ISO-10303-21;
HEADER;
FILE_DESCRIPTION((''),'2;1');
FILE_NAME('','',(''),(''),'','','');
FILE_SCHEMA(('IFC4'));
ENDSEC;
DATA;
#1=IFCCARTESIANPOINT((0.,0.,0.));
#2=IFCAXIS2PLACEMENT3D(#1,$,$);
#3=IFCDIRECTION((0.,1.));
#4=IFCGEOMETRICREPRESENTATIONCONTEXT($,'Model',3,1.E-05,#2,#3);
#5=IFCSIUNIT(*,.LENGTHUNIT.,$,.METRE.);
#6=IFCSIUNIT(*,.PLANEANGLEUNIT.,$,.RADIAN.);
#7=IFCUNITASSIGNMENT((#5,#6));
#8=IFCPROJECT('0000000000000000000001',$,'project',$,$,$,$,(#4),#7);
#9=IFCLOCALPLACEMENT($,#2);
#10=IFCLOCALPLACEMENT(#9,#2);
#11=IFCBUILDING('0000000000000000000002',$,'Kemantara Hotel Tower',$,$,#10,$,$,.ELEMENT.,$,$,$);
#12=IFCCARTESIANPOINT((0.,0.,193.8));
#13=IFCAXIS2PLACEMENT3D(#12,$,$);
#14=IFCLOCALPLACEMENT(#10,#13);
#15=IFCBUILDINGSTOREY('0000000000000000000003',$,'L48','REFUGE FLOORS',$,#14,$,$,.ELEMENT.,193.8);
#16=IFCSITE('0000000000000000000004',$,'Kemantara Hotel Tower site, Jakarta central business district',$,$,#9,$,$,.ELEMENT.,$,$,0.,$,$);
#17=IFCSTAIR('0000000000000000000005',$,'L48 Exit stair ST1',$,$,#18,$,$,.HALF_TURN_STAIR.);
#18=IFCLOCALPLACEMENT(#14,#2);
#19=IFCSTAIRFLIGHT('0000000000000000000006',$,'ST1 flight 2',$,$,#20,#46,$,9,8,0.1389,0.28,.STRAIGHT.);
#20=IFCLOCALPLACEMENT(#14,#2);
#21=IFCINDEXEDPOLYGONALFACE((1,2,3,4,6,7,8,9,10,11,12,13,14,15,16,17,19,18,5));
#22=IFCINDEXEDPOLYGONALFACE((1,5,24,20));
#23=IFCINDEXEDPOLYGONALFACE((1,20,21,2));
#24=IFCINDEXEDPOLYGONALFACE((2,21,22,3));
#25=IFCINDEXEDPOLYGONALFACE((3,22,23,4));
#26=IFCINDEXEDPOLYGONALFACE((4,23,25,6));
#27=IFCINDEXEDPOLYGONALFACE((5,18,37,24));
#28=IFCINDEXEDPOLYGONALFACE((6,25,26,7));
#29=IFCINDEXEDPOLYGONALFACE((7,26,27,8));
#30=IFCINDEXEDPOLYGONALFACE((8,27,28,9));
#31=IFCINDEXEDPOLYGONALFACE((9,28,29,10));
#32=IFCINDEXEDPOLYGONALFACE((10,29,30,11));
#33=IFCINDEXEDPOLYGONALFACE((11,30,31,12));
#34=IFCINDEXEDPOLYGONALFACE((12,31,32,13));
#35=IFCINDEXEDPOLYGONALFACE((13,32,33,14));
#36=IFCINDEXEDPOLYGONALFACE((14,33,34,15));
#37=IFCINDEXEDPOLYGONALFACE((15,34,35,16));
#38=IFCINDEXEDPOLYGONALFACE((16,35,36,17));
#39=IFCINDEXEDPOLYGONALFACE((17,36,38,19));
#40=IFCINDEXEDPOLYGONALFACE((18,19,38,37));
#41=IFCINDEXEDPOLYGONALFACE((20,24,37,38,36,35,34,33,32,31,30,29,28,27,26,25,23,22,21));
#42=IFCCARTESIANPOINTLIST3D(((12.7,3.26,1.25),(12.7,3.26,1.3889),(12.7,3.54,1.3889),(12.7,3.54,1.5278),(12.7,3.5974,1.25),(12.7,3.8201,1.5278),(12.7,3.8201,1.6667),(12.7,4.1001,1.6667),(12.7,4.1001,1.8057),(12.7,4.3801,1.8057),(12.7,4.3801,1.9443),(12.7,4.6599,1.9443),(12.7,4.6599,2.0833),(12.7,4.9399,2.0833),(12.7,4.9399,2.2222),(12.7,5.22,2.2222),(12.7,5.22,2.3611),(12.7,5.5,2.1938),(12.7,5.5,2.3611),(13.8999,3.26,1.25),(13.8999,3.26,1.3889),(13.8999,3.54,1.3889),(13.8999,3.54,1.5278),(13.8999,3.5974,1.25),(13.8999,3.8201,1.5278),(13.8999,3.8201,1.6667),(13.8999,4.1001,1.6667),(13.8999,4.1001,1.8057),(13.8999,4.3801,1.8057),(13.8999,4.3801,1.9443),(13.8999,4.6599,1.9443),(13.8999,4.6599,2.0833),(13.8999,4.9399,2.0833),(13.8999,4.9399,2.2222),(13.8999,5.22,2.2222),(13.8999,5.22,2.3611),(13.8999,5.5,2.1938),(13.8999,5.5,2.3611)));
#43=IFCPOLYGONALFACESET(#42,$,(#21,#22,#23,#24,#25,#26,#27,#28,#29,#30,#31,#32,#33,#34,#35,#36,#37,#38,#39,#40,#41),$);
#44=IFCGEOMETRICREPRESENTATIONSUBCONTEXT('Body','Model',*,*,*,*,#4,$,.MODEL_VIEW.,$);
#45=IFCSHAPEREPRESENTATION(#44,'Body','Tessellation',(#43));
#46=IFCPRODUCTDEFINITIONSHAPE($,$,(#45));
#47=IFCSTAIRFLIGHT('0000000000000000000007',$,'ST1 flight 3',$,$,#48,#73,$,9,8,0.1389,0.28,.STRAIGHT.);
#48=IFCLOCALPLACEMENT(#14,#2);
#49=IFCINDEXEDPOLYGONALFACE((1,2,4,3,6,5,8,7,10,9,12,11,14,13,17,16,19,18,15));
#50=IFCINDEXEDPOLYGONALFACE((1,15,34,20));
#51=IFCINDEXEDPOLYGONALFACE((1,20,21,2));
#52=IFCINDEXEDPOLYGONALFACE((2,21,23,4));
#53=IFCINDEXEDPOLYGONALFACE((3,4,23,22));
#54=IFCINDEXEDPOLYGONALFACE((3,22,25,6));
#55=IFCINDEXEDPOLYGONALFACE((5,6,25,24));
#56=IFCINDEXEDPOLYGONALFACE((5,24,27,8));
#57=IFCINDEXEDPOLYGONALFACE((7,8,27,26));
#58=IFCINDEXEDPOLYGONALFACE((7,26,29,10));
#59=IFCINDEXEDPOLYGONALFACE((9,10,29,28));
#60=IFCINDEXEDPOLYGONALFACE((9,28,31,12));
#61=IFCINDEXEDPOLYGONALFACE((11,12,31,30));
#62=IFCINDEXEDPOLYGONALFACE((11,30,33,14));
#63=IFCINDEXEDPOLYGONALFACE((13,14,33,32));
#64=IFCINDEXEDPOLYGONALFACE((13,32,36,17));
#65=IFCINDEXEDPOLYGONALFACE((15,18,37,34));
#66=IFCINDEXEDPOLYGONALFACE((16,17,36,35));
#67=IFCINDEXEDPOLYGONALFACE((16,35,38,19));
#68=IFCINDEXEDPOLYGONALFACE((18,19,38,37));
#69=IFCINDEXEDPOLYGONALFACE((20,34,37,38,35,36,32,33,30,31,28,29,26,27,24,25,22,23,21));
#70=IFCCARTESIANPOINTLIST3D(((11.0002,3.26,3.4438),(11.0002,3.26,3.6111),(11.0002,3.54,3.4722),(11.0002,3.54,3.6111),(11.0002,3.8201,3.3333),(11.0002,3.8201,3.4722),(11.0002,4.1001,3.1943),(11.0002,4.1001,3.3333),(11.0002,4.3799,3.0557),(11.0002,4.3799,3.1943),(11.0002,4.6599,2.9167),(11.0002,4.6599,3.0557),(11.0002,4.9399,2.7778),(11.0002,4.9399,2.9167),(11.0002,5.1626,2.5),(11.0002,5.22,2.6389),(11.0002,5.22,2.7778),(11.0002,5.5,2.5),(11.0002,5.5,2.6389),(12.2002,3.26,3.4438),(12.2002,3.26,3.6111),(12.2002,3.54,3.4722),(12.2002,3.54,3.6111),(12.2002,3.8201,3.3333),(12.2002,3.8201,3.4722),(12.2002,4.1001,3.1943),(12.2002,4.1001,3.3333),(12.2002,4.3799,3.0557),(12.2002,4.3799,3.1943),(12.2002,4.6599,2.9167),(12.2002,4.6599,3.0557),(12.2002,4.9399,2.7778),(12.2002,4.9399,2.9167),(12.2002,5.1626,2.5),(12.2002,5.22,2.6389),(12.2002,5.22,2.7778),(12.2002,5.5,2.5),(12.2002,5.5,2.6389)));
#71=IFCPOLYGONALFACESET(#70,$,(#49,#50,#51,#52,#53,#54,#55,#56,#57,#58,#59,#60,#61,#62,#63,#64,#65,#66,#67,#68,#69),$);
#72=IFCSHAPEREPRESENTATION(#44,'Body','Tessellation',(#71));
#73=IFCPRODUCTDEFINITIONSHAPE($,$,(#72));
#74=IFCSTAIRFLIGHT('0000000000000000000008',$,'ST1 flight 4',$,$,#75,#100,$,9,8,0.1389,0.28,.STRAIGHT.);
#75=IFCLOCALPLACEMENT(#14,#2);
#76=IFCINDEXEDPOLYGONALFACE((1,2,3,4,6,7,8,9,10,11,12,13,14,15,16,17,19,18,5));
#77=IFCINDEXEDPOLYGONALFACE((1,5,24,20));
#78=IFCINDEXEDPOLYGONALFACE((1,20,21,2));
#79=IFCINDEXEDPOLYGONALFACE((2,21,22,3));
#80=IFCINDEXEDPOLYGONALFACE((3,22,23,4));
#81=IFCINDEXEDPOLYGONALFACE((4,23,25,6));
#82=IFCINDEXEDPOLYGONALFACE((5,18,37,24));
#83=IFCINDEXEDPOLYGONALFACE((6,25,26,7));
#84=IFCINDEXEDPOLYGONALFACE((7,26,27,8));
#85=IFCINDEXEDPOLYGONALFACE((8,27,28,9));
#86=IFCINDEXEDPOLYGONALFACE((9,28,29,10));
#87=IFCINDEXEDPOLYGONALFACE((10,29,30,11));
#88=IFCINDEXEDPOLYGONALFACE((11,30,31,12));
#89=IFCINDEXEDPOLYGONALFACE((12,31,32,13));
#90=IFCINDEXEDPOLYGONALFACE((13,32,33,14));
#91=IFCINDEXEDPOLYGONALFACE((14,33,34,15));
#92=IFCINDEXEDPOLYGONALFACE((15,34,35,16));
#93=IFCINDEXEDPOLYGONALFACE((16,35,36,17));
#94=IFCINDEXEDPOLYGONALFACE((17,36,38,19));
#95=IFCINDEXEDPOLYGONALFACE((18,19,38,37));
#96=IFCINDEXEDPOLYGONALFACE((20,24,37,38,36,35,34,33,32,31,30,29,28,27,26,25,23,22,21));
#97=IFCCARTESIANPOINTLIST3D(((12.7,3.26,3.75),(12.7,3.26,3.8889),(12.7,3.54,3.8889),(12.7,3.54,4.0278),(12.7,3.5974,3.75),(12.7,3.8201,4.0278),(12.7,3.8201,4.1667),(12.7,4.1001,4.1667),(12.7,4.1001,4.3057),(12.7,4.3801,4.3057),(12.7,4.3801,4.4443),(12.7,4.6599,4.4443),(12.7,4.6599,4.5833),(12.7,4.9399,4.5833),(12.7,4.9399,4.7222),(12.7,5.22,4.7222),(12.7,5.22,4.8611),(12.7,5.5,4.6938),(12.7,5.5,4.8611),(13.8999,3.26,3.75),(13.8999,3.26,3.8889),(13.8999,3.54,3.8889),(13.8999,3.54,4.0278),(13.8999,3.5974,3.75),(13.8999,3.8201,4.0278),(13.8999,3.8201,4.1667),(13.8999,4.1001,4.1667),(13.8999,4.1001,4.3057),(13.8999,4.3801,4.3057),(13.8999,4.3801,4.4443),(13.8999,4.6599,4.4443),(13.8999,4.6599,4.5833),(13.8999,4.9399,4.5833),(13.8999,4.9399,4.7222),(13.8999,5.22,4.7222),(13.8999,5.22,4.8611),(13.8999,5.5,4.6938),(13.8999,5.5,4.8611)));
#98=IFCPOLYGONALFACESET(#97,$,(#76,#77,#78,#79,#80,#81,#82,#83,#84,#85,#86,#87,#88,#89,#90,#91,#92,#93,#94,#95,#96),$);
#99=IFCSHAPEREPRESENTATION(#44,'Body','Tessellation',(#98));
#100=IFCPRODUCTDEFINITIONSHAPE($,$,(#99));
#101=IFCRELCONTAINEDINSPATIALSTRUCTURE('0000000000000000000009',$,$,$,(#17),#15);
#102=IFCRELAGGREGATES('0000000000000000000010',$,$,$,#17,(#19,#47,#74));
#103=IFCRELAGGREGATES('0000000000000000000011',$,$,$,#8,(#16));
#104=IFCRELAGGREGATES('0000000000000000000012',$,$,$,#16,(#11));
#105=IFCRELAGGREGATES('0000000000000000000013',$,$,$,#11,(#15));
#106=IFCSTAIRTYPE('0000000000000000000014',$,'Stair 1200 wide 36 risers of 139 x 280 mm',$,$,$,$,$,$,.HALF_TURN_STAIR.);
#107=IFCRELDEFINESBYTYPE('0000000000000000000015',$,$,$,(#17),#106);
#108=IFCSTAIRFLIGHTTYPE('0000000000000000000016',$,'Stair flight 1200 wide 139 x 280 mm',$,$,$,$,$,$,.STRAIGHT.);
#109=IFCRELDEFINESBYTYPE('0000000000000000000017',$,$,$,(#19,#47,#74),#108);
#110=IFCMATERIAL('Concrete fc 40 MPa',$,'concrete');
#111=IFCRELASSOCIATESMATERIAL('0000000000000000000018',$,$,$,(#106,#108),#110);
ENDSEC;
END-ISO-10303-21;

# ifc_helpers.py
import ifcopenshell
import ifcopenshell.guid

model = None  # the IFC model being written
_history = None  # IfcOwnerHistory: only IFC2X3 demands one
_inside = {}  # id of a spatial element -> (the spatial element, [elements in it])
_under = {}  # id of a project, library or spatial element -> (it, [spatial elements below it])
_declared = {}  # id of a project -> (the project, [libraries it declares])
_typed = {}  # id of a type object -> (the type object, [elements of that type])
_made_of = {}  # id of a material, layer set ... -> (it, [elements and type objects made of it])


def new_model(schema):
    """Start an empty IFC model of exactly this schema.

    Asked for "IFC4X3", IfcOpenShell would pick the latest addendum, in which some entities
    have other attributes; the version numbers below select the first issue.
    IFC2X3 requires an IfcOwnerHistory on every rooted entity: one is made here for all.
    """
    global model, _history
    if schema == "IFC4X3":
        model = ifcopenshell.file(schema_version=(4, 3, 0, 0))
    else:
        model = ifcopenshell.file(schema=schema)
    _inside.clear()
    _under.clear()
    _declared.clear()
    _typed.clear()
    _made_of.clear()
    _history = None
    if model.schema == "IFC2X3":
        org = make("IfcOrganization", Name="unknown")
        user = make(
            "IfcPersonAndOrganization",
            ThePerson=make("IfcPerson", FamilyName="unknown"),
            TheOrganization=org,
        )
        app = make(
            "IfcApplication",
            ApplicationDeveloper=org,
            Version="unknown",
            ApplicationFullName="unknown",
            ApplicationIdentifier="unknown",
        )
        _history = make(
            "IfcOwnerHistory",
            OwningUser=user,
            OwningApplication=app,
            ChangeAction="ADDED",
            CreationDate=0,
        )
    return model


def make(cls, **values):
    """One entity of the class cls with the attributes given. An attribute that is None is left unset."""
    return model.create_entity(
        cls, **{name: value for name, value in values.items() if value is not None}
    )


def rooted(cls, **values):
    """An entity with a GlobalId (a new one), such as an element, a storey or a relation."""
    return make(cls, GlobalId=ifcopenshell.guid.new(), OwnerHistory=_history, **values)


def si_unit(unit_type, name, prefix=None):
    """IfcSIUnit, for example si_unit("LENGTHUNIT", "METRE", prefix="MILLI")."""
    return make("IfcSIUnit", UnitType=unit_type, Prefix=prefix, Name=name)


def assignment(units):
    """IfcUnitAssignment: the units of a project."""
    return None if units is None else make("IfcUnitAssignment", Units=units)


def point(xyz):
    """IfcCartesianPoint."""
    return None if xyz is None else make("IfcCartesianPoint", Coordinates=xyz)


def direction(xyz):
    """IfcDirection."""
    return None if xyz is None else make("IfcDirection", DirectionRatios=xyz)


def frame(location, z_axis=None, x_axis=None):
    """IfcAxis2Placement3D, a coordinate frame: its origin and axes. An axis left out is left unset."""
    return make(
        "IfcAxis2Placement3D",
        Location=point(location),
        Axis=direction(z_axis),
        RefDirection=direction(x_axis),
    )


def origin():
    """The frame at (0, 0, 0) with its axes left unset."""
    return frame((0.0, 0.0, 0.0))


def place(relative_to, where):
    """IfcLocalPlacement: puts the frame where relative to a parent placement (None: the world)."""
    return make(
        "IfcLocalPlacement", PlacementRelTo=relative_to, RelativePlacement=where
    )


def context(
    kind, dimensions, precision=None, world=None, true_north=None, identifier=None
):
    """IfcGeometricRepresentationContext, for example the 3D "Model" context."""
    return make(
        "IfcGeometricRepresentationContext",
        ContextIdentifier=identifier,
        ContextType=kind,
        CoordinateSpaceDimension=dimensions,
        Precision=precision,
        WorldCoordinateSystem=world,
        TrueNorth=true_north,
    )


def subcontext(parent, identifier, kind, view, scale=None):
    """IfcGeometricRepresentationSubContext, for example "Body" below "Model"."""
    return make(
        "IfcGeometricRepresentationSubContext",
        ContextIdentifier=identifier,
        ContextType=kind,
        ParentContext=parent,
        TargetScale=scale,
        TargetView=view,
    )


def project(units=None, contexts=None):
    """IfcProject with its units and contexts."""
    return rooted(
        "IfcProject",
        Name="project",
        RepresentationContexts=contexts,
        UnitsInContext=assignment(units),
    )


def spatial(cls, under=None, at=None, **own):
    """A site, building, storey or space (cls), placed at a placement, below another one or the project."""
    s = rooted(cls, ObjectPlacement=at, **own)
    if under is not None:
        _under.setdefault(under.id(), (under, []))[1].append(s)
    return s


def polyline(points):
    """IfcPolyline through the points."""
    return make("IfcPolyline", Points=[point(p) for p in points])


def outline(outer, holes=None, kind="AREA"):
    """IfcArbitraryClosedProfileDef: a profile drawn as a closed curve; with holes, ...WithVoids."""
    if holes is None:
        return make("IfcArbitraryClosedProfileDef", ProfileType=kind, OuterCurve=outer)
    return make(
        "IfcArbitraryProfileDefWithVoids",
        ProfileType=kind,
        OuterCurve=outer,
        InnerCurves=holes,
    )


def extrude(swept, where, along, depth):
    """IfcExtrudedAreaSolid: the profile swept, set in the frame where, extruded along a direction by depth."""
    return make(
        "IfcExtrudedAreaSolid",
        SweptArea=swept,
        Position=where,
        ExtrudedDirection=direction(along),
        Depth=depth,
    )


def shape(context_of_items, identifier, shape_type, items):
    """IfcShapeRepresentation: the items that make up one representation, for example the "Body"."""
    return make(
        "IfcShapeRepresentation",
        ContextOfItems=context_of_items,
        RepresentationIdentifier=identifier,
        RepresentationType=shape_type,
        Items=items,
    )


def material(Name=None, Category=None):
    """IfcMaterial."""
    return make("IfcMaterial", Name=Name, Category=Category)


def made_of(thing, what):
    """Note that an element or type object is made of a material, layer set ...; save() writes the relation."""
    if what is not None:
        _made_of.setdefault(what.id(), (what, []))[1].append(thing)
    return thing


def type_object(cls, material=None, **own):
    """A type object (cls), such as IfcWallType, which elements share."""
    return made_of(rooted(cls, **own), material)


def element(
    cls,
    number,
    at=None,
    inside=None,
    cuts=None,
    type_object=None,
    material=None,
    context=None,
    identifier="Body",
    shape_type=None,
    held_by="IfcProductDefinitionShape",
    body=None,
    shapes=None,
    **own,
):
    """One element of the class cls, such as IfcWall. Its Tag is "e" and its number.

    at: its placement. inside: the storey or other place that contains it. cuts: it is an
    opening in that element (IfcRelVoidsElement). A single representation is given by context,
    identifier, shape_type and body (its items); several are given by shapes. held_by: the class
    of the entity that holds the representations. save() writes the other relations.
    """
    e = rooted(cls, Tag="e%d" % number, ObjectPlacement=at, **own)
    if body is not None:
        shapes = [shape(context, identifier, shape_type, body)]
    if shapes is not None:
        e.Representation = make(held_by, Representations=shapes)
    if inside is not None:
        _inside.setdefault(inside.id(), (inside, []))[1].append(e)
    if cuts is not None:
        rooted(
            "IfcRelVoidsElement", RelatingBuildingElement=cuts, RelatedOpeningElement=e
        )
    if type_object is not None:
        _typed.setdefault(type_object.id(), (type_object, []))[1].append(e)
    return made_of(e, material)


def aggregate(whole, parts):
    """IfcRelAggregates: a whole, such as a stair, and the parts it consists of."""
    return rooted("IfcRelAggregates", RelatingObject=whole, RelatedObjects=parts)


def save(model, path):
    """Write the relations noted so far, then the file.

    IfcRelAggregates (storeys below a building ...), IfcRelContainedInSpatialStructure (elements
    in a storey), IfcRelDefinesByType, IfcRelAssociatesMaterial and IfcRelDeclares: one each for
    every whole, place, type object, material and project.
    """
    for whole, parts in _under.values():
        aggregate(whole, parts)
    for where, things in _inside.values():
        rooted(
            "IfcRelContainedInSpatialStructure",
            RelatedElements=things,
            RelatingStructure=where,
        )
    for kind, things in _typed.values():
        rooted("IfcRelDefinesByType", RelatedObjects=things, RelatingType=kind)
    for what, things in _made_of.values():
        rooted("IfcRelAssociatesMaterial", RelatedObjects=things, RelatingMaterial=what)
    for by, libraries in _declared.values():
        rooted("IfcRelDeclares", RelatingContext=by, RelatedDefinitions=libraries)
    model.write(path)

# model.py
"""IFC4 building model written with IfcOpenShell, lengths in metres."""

from ifc_helpers import new_model, si_unit, direction, frame, origin, place, context, subcontext, project, spatial, polyline, outline, extrude, material, type_object, element, aggregate, save


model = new_model("IFC4")

# Units and contexts
model_context = context("Model", 3, precision=1e-05, world=origin(), true_north=direction((0.0, 1.0)))
body_context = subcontext(model_context, "Body", "Model", "MODEL_VIEW")
ifc_project = project(units=[si_unit("LENGTHUNIT", "METRE"), si_unit("PLANEANGLEUNIT", "RADIAN")], contexts=[model_context])

# Site, building, storey
site_placement = place(None, origin())
site = spatial("IfcSite", under=ifc_project, at=site_placement, Name="Kemantara Hotel Tower site, Jakarta central business district", CompositionType="ELEMENT", RefElevation=0.0)
building_placement = place(site_placement, origin())
building = spatial("IfcBuilding", under=site, at=building_placement, Name="Kemantara Hotel Tower", CompositionType="ELEMENT")
storey_placement = place(building_placement, frame((0.0, 0.0, 193.8)))
storey = spatial("IfcBuildingStorey", under=building, at=storey_placement, Name="L48", Description="REFUGE FLOORS", CompositionType="ELEMENT", Elevation=193.8)

# Stair, stair flights
ifc_material_1 = material(Name="Concrete fc 40 MPa", Category="concrete")
stair_type = type_object("IfcStairType", Name="Stair 1200 wide 36 risers of 139 x 280 mm", PredefinedType="HALF_TURN_STAIR", material=ifc_material_1)
stair_placement = place(storey_placement, origin())
stair = element("IfcStair", 1, at=stair_placement, inside=storey, type_object=stair_type, Name="L48 Exit stair ST1", PredefinedType="HALF_TURN_STAIR")
stair_flight_type = type_object("IfcStairFlightType", Name="Stair flight 1200 wide 139 x 280 mm", PredefinedType="STRAIGHT", material=ifc_material_1)
stair_flight_1_placement = place(storey_placement, frame((13.3, 3.26, 1.25), z_axis=(0.0, 0.0, 1.0), x_axis=(0.0, 1.0, 0.0)))
stair_flight_1 = element("IfcStairFlight", 2, at=stair_flight_1_placement, type_object=stair_flight_type, Name="ST1 flight 2", NumberOfRisers=9, NumberOfTreads=8, PredefinedType="STRAIGHT", RiserHeight=0.1389, TreadLength=0.28, context=body_context, shape_type="SweptSolid", body=[
    extrude(outline(polyline([(0.0, 0.0), (0.0, 0.1389), (0.28, 0.1389), (0.28, 0.2778), (0.5601, 0.2778), (0.5601, 0.4167), (0.8401, 0.4167), (0.8401, 0.5557), (1.1201, 0.5557), (1.1201, 0.6943), (1.3999, 0.6943), (1.3999, 0.8333), (1.6799, 0.8333), (1.6799, 0.9722), (1.96, 0.9722), (1.96, 1.1111), (2.24, 1.1111), (2.24, 1.25), (2.24, 0.9438), (0.3374, 0.0), (0.0, 0.0)])), frame((0.0, 0.6001, 0.0), z_axis=(0.0, -1.0, 0.0), x_axis=(1.0, 0.0, 0.0)), (0.0, 0.0, 1.0), 1.2),
])
stair_flight_2_placement = place(storey_placement, frame((11.6001, 5.5, 2.5), z_axis=(0.0, 0.0, 1.0), x_axis=(0.0, -1.0, 0.0)))
stair_flight_2 = element("IfcStairFlight", 3, at=stair_flight_2_placement, type_object=stair_flight_type, Name="ST1 flight 3", NumberOfRisers=9, NumberOfTreads=8, PredefinedType="STRAIGHT", RiserHeight=0.1389, TreadLength=0.28, context=body_context, shape_type="SweptSolid", body=[
    extrude(outline(polyline([(0.0, 0.0), (0.0, 0.1389), (0.28, 0.1389), (0.28, 0.2778), (0.5601, 0.2778), (0.5601, 0.4167), (0.8401, 0.4167), (0.8401, 0.5557), (1.1201, 0.5557), (1.1201, 0.6943), (1.3999, 0.6943), (1.3999, 0.8333), (1.6799, 0.8333), (1.6799, 0.9722), (1.96, 0.9722), (1.96, 1.1111), (2.24, 1.1111), (2.24, 1.25), (2.24, 0.9438), (0.3374, 0.0), (0.0, 0.0)])), frame((0.0, 0.6001, 0.0), z_axis=(0.0, -1.0, 0.0), x_axis=(1.0, 0.0, 0.0)), (0.0, 0.0, 1.0), 1.2),
])
stair_flight_3_placement = place(storey_placement, frame((13.3, 3.26, 3.75), z_axis=(0.0, 0.0, 1.0), x_axis=(0.0, 1.0, 0.0)))
stair_flight_3 = element("IfcStairFlight", 4, at=stair_flight_3_placement, type_object=stair_flight_type, Name="ST1 flight 4", NumberOfRisers=9, NumberOfTreads=8, PredefinedType="STRAIGHT", RiserHeight=0.1389, TreadLength=0.28, context=body_context, shape_type="SweptSolid", body=[
    extrude(outline(polyline([(0.0, 0.0), (0.0, 0.1389), (0.28, 0.1389), (0.28, 0.2778), (0.5601, 0.2778), (0.5601, 0.4167), (0.8401, 0.4167), (0.8401, 0.5557), (1.1201, 0.5557), (1.1201, 0.6943), (1.3999, 0.6943), (1.3999, 0.8333), (1.6799, 0.8333), (1.6799, 0.9722), (1.96, 0.9722), (1.96, 1.1111), (2.24, 1.1111), (2.24, 1.25), (2.24, 0.9438), (0.3374, 0.0), (0.0, 0.0)])), frame((0.0, 0.6001, 0.0), z_axis=(0.0, -1.0, 0.0), x_axis=(1.0, 0.0, 0.0)), (0.0, 0.0, 1.0), 1.2),
])
aggregate(stair, [stair_flight_1, stair_flight_2, stair_flight_3])

save(model, "model.ifc")
